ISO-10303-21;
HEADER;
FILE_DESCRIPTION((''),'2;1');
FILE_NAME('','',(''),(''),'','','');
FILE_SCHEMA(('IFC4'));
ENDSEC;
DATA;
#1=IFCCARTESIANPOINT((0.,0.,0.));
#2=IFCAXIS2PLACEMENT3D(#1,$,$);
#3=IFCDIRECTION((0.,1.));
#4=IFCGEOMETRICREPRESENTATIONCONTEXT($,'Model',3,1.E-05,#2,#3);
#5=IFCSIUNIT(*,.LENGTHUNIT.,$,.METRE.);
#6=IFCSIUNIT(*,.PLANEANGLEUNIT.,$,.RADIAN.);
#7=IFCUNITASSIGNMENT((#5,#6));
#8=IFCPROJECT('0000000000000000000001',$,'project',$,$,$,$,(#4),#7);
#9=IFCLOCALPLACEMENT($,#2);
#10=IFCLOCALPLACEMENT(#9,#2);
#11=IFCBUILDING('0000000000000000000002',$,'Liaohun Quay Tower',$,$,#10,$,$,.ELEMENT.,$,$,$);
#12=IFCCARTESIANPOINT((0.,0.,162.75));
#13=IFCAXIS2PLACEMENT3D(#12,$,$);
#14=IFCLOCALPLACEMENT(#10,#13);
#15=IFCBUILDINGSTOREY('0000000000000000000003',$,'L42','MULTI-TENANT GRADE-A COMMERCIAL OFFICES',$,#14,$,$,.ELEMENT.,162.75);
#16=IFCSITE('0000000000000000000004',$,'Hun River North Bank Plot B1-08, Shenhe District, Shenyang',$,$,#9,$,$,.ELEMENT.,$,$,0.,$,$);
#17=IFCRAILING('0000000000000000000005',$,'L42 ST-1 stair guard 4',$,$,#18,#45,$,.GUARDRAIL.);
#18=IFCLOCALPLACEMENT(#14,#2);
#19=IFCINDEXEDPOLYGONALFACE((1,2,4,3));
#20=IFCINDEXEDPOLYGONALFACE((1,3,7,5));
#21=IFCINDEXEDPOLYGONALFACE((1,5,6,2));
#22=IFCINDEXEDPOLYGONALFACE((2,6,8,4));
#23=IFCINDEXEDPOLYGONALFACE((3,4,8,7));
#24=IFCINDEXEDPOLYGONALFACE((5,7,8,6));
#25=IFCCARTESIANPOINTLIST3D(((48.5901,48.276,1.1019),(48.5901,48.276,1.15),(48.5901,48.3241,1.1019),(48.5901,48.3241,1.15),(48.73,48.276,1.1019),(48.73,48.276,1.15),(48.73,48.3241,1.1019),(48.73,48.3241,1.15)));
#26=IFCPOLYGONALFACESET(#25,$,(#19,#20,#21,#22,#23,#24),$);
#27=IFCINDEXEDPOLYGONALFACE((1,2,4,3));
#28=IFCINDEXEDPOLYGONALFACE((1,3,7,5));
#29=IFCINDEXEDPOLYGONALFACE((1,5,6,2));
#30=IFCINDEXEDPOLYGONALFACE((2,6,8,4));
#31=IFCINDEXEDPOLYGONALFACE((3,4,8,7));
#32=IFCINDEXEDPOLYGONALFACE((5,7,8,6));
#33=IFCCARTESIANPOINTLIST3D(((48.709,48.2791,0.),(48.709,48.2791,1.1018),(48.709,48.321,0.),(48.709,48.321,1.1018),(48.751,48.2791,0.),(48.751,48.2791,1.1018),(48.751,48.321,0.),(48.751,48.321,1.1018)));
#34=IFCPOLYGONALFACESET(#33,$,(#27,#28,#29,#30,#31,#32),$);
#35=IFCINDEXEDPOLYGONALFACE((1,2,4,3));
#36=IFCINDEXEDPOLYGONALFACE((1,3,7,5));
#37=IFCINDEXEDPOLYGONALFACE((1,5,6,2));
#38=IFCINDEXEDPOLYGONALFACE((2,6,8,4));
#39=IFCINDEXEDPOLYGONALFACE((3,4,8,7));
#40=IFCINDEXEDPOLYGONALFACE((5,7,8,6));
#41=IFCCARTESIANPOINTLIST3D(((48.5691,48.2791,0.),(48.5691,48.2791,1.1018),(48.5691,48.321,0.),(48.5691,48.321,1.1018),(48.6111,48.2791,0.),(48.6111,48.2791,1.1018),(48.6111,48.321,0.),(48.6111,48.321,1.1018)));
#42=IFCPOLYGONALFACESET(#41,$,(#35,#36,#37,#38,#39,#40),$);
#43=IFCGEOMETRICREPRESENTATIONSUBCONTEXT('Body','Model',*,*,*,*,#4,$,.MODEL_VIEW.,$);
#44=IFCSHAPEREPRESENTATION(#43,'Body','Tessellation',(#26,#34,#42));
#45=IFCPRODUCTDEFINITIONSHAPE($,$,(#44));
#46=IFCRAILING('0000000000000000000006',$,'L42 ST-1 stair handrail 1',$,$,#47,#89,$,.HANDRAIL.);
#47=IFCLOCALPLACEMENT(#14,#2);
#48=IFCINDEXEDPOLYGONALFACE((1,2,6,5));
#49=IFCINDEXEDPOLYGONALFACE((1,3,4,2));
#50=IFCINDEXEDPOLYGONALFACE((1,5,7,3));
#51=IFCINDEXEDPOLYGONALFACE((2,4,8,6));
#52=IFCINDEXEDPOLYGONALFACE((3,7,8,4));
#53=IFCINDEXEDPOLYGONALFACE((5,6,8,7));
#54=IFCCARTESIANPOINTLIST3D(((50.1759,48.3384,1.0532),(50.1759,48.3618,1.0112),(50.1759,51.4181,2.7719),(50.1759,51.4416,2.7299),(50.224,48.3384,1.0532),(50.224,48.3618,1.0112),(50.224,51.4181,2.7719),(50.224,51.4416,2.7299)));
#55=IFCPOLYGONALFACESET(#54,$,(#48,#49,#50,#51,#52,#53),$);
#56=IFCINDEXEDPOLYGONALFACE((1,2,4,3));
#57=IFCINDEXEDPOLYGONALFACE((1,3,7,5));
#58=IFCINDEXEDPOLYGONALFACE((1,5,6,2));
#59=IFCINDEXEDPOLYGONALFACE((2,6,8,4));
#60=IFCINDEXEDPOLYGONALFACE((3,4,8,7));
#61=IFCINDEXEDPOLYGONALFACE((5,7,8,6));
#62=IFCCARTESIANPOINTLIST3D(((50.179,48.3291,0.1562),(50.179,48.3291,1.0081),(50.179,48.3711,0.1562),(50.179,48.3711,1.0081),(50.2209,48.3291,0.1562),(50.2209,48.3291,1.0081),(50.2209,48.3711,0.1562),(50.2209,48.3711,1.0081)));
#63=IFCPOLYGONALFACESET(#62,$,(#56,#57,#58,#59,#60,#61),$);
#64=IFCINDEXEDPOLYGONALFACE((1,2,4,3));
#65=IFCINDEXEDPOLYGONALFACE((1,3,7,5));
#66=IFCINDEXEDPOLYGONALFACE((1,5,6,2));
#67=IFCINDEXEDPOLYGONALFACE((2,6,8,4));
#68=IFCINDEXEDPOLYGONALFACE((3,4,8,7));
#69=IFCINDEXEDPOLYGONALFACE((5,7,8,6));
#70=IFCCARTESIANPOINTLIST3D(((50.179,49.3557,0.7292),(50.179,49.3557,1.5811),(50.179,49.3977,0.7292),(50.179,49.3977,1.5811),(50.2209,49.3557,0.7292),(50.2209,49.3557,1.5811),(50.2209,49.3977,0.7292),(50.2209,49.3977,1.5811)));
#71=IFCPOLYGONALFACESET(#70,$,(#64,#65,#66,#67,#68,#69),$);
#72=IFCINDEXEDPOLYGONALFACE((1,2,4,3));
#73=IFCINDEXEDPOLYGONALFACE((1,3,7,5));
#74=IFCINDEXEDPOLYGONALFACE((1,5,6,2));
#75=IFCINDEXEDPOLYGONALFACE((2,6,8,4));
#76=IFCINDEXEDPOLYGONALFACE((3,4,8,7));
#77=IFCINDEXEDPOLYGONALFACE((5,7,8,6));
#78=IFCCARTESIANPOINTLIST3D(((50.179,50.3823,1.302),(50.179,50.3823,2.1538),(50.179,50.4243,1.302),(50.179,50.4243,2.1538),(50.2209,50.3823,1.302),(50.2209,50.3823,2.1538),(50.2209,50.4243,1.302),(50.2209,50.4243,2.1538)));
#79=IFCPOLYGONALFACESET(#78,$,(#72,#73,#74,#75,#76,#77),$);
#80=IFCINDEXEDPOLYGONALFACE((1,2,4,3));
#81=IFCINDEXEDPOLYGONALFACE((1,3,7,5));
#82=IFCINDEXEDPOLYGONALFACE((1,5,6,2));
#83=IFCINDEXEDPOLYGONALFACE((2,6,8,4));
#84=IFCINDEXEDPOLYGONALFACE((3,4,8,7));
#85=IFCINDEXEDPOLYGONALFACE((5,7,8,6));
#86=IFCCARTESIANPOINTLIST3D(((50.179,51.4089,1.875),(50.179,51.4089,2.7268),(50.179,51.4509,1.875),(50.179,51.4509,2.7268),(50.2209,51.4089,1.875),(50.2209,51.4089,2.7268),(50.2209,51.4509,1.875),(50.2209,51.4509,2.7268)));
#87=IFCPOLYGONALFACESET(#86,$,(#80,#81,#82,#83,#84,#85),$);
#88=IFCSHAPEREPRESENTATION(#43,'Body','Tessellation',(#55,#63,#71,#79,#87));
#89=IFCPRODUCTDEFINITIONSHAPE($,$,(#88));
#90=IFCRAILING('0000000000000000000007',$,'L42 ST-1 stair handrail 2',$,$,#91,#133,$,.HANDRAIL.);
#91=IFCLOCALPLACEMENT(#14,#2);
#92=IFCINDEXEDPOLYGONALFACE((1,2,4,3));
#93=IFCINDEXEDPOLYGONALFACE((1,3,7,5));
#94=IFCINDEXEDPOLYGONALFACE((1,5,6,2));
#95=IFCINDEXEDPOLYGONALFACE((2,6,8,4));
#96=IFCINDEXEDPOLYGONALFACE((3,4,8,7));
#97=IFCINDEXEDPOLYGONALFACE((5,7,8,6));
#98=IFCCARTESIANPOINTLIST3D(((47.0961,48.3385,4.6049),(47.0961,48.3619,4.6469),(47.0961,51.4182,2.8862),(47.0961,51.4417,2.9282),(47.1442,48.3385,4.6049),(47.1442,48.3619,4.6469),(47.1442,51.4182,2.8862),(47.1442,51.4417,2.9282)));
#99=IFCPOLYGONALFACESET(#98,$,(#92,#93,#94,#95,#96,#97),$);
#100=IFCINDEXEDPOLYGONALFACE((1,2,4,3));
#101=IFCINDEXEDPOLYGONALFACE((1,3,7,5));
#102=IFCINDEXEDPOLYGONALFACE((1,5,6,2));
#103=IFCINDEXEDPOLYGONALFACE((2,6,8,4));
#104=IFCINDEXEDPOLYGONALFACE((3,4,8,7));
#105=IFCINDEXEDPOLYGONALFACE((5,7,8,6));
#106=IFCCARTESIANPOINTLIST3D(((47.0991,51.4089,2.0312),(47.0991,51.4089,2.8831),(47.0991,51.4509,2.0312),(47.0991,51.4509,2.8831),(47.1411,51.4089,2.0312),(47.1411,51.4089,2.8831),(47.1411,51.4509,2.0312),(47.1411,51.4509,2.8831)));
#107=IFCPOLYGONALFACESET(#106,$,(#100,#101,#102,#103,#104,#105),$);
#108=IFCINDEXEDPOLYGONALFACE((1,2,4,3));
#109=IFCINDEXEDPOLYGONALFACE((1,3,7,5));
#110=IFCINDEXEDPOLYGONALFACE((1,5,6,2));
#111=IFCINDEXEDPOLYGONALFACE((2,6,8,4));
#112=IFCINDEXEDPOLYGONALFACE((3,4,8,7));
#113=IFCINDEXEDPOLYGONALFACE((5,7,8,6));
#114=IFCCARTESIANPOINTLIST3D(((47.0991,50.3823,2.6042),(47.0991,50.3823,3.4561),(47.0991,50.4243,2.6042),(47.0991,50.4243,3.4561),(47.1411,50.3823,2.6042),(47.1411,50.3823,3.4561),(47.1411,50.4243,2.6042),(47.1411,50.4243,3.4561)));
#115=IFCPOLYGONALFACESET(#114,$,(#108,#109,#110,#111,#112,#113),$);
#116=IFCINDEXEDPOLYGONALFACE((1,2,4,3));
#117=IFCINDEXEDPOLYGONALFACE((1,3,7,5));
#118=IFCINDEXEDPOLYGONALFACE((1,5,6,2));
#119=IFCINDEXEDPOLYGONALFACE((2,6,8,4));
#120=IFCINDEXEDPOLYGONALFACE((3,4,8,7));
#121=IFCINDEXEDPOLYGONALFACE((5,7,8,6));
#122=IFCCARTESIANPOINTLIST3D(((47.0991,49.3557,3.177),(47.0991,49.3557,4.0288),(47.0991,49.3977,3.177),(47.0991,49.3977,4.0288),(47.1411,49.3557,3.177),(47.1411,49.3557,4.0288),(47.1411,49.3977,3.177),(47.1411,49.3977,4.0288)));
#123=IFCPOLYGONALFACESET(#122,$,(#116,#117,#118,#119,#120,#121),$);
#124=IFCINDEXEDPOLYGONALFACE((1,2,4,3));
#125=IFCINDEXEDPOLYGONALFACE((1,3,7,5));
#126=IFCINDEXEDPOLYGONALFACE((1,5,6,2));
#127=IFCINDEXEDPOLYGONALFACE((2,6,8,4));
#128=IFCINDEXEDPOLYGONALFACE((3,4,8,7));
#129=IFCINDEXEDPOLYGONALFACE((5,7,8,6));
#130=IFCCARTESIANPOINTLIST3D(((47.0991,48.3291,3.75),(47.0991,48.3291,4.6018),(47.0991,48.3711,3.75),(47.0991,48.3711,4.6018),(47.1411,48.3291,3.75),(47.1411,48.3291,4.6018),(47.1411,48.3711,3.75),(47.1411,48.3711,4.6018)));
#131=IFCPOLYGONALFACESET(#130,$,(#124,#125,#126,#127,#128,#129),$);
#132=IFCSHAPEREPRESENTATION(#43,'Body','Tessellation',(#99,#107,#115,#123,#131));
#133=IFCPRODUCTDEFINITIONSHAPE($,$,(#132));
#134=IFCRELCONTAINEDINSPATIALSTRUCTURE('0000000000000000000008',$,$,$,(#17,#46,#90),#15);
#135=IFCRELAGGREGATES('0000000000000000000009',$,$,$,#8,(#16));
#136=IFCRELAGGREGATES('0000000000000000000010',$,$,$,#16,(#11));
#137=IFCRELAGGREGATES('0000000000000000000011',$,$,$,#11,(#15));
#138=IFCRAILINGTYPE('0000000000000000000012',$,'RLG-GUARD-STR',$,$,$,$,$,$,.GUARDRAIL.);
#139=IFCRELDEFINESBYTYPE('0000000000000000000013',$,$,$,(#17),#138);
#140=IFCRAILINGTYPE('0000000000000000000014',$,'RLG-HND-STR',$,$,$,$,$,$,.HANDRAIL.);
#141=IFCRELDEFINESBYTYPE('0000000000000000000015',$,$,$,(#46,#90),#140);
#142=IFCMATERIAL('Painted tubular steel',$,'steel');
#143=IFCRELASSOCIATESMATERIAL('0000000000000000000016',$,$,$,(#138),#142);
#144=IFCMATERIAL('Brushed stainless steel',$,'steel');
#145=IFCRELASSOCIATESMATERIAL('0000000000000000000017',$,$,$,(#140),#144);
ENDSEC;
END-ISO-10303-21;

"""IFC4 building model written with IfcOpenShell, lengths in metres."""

from ifc_helpers import new_model, si_unit, direction, frame, origin, origin_2d, place, context, subcontext, project, spatial, rectangle, extrude, material, type_object, element, save


model = new_model("IFC4")

# Units and contexts
model_context = context("Model", 3, precision=1e-05, world=origin(), true_north=direction((0.0, 1.0)))
body_context = subcontext(model_context, "Body", "Model", "MODEL_VIEW")
ifc_project = project(units=[si_unit("LENGTHUNIT", "METRE"), si_unit("PLANEANGLEUNIT", "RADIAN")], contexts=[model_context])

# Site, building, storey
site_placement = place(None, origin())
site = spatial("IfcSite", under=ifc_project, at=site_placement, Name="Hun River North Bank Plot B1-08, Shenhe District, Shenyang", CompositionType="ELEMENT", RefElevation=0.0)
building_placement = place(site_placement, origin())
building = spatial("IfcBuilding", under=site, at=building_placement, Name="Liaohun Quay Tower", CompositionType="ELEMENT")
storey_placement = place(building_placement, frame((0.0, 0.0, 162.75)))
storey = spatial("IfcBuildingStorey", under=building, at=storey_placement, Name="L42", Description="MULTI-TENANT GRADE-A COMMERCIAL OFFICES", CompositionType="ELEMENT", Elevation=162.75)

# Railings
ifc_material_1 = material(Name="Painted tubular steel", Category="steel")
railing_type_1 = type_object("IfcRailingType", Name="RLG-GUARD-STR", PredefinedType="GUARDRAIL", material=ifc_material_1)
railing_1_placement = place(storey_placement, frame((48.73, 48.3, 0.0)))
element("IfcRailing", 1, at=railing_1_placement, inside=storey, type_object=railing_type_1, Name="L42 ST-1 stair guard 4", PredefinedType="GUARDRAIL", context=body_context, shape_type="SweptSolid", body=[
    extrude(rectangle(XDim=0.0481, YDim=0.0481, at=origin_2d()), frame((0.0, 0.0, 1.126), z_axis=(-1.0, 0.0, 0.0), x_axis=(0.0, -1.0, 0.0)), (0.0, 0.0, 1.0), 0.1399),
    extrude(rectangle(XDim=0.042, YDim=0.042, at=origin_2d()), origin(), (0.0, 0.0, 1.0), 1.1018),
    extrude(rectangle(XDim=0.042, YDim=0.042, at=origin_2d()), frame((-0.1399, 0.0, 0.0)), (0.0, 0.0, 1.0), 1.1018),
])
ifc_material_2 = material(Name="Brushed stainless steel", Category="steel")
railing_type_2 = type_object("IfcRailingType", Name="RLG-HND-STR", PredefinedType="HANDRAIL", material=ifc_material_2)
railing_2_placement = place(storey_placement, frame((50.2, 48.3501, 0.1562)))
element("IfcRailing", 2, at=railing_2_placement, inside=storey, type_object=railing_type_2, Name="L42 ST-1 stair handrail 1", PredefinedType="HANDRAIL", context=body_context, shape_type="SweptSolid", body=[
    extrude(rectangle(XDim=0.0481, YDim=0.0481, at=origin_2d()), frame((0.0, 0.0, 0.876), z_axis=(0.0, 0.873225, 0.487317), x_axis=(-1.0, 0.0, 0.0)), (0.0, 0.0, 1.0), 3.5269),
    extrude(rectangle(XDim=0.042, YDim=0.042, at=origin_2d()), origin(), (0.0, 0.0, 1.0), 0.8518),
    extrude(rectangle(XDim=0.042, YDim=0.042, at=origin_2d()), frame((0.0, 1.0266, 0.573)), (0.0, 0.0, 1.0), 0.8518),
    extrude(rectangle(XDim=0.042, YDim=0.042, at=origin_2d()), frame((0.0, 2.0532, 1.1458)), (0.0, 0.0, 1.0), 0.8518),
    extrude(rectangle(XDim=0.042, YDim=0.042, at=origin_2d()), frame((0.0, 3.0798, 1.7188)), (0.0, 0.0, 1.0), 0.8518),
])
railing_3_placement = place(storey_placement, frame((47.1201, 51.4299, 2.0312)))
element("IfcRailing", 3, at=railing_3_placement, inside=storey, type_object=railing_type_2, Name="L42 ST-1 stair handrail 2", PredefinedType="HANDRAIL", context=body_context, shape_type="SweptSolid", body=[
    extrude(rectangle(XDim=0.0481, YDim=0.0481, at=origin_2d()), frame((0.0, 0.0, 0.876), z_axis=(0.0, -0.873225, 0.487317), x_axis=(1.0, 0.0, 0.0)), (0.0, 0.0, 1.0), 3.5269),
    extrude(rectangle(XDim=0.042, YDim=0.042, at=origin_2d()), origin(), (0.0, 0.0, 1.0), 0.8518),
    extrude(rectangle(XDim=0.042, YDim=0.042, at=origin_2d()), frame((0.0, -1.0266, 0.573)), (0.0, 0.0, 1.0), 0.8518),
    extrude(rectangle(XDim=0.042, YDim=0.042, at=origin_2d()), frame((0.0, -2.0532, 1.1458)), (0.0, 0.0, 1.0), 0.8518),
    extrude(rectangle(XDim=0.042, YDim=0.042, at=origin_2d()), frame((0.0, -3.0798, 1.7188)), (0.0, 0.0, 1.0), 0.8518),
])

save(model, "model.ifc")
